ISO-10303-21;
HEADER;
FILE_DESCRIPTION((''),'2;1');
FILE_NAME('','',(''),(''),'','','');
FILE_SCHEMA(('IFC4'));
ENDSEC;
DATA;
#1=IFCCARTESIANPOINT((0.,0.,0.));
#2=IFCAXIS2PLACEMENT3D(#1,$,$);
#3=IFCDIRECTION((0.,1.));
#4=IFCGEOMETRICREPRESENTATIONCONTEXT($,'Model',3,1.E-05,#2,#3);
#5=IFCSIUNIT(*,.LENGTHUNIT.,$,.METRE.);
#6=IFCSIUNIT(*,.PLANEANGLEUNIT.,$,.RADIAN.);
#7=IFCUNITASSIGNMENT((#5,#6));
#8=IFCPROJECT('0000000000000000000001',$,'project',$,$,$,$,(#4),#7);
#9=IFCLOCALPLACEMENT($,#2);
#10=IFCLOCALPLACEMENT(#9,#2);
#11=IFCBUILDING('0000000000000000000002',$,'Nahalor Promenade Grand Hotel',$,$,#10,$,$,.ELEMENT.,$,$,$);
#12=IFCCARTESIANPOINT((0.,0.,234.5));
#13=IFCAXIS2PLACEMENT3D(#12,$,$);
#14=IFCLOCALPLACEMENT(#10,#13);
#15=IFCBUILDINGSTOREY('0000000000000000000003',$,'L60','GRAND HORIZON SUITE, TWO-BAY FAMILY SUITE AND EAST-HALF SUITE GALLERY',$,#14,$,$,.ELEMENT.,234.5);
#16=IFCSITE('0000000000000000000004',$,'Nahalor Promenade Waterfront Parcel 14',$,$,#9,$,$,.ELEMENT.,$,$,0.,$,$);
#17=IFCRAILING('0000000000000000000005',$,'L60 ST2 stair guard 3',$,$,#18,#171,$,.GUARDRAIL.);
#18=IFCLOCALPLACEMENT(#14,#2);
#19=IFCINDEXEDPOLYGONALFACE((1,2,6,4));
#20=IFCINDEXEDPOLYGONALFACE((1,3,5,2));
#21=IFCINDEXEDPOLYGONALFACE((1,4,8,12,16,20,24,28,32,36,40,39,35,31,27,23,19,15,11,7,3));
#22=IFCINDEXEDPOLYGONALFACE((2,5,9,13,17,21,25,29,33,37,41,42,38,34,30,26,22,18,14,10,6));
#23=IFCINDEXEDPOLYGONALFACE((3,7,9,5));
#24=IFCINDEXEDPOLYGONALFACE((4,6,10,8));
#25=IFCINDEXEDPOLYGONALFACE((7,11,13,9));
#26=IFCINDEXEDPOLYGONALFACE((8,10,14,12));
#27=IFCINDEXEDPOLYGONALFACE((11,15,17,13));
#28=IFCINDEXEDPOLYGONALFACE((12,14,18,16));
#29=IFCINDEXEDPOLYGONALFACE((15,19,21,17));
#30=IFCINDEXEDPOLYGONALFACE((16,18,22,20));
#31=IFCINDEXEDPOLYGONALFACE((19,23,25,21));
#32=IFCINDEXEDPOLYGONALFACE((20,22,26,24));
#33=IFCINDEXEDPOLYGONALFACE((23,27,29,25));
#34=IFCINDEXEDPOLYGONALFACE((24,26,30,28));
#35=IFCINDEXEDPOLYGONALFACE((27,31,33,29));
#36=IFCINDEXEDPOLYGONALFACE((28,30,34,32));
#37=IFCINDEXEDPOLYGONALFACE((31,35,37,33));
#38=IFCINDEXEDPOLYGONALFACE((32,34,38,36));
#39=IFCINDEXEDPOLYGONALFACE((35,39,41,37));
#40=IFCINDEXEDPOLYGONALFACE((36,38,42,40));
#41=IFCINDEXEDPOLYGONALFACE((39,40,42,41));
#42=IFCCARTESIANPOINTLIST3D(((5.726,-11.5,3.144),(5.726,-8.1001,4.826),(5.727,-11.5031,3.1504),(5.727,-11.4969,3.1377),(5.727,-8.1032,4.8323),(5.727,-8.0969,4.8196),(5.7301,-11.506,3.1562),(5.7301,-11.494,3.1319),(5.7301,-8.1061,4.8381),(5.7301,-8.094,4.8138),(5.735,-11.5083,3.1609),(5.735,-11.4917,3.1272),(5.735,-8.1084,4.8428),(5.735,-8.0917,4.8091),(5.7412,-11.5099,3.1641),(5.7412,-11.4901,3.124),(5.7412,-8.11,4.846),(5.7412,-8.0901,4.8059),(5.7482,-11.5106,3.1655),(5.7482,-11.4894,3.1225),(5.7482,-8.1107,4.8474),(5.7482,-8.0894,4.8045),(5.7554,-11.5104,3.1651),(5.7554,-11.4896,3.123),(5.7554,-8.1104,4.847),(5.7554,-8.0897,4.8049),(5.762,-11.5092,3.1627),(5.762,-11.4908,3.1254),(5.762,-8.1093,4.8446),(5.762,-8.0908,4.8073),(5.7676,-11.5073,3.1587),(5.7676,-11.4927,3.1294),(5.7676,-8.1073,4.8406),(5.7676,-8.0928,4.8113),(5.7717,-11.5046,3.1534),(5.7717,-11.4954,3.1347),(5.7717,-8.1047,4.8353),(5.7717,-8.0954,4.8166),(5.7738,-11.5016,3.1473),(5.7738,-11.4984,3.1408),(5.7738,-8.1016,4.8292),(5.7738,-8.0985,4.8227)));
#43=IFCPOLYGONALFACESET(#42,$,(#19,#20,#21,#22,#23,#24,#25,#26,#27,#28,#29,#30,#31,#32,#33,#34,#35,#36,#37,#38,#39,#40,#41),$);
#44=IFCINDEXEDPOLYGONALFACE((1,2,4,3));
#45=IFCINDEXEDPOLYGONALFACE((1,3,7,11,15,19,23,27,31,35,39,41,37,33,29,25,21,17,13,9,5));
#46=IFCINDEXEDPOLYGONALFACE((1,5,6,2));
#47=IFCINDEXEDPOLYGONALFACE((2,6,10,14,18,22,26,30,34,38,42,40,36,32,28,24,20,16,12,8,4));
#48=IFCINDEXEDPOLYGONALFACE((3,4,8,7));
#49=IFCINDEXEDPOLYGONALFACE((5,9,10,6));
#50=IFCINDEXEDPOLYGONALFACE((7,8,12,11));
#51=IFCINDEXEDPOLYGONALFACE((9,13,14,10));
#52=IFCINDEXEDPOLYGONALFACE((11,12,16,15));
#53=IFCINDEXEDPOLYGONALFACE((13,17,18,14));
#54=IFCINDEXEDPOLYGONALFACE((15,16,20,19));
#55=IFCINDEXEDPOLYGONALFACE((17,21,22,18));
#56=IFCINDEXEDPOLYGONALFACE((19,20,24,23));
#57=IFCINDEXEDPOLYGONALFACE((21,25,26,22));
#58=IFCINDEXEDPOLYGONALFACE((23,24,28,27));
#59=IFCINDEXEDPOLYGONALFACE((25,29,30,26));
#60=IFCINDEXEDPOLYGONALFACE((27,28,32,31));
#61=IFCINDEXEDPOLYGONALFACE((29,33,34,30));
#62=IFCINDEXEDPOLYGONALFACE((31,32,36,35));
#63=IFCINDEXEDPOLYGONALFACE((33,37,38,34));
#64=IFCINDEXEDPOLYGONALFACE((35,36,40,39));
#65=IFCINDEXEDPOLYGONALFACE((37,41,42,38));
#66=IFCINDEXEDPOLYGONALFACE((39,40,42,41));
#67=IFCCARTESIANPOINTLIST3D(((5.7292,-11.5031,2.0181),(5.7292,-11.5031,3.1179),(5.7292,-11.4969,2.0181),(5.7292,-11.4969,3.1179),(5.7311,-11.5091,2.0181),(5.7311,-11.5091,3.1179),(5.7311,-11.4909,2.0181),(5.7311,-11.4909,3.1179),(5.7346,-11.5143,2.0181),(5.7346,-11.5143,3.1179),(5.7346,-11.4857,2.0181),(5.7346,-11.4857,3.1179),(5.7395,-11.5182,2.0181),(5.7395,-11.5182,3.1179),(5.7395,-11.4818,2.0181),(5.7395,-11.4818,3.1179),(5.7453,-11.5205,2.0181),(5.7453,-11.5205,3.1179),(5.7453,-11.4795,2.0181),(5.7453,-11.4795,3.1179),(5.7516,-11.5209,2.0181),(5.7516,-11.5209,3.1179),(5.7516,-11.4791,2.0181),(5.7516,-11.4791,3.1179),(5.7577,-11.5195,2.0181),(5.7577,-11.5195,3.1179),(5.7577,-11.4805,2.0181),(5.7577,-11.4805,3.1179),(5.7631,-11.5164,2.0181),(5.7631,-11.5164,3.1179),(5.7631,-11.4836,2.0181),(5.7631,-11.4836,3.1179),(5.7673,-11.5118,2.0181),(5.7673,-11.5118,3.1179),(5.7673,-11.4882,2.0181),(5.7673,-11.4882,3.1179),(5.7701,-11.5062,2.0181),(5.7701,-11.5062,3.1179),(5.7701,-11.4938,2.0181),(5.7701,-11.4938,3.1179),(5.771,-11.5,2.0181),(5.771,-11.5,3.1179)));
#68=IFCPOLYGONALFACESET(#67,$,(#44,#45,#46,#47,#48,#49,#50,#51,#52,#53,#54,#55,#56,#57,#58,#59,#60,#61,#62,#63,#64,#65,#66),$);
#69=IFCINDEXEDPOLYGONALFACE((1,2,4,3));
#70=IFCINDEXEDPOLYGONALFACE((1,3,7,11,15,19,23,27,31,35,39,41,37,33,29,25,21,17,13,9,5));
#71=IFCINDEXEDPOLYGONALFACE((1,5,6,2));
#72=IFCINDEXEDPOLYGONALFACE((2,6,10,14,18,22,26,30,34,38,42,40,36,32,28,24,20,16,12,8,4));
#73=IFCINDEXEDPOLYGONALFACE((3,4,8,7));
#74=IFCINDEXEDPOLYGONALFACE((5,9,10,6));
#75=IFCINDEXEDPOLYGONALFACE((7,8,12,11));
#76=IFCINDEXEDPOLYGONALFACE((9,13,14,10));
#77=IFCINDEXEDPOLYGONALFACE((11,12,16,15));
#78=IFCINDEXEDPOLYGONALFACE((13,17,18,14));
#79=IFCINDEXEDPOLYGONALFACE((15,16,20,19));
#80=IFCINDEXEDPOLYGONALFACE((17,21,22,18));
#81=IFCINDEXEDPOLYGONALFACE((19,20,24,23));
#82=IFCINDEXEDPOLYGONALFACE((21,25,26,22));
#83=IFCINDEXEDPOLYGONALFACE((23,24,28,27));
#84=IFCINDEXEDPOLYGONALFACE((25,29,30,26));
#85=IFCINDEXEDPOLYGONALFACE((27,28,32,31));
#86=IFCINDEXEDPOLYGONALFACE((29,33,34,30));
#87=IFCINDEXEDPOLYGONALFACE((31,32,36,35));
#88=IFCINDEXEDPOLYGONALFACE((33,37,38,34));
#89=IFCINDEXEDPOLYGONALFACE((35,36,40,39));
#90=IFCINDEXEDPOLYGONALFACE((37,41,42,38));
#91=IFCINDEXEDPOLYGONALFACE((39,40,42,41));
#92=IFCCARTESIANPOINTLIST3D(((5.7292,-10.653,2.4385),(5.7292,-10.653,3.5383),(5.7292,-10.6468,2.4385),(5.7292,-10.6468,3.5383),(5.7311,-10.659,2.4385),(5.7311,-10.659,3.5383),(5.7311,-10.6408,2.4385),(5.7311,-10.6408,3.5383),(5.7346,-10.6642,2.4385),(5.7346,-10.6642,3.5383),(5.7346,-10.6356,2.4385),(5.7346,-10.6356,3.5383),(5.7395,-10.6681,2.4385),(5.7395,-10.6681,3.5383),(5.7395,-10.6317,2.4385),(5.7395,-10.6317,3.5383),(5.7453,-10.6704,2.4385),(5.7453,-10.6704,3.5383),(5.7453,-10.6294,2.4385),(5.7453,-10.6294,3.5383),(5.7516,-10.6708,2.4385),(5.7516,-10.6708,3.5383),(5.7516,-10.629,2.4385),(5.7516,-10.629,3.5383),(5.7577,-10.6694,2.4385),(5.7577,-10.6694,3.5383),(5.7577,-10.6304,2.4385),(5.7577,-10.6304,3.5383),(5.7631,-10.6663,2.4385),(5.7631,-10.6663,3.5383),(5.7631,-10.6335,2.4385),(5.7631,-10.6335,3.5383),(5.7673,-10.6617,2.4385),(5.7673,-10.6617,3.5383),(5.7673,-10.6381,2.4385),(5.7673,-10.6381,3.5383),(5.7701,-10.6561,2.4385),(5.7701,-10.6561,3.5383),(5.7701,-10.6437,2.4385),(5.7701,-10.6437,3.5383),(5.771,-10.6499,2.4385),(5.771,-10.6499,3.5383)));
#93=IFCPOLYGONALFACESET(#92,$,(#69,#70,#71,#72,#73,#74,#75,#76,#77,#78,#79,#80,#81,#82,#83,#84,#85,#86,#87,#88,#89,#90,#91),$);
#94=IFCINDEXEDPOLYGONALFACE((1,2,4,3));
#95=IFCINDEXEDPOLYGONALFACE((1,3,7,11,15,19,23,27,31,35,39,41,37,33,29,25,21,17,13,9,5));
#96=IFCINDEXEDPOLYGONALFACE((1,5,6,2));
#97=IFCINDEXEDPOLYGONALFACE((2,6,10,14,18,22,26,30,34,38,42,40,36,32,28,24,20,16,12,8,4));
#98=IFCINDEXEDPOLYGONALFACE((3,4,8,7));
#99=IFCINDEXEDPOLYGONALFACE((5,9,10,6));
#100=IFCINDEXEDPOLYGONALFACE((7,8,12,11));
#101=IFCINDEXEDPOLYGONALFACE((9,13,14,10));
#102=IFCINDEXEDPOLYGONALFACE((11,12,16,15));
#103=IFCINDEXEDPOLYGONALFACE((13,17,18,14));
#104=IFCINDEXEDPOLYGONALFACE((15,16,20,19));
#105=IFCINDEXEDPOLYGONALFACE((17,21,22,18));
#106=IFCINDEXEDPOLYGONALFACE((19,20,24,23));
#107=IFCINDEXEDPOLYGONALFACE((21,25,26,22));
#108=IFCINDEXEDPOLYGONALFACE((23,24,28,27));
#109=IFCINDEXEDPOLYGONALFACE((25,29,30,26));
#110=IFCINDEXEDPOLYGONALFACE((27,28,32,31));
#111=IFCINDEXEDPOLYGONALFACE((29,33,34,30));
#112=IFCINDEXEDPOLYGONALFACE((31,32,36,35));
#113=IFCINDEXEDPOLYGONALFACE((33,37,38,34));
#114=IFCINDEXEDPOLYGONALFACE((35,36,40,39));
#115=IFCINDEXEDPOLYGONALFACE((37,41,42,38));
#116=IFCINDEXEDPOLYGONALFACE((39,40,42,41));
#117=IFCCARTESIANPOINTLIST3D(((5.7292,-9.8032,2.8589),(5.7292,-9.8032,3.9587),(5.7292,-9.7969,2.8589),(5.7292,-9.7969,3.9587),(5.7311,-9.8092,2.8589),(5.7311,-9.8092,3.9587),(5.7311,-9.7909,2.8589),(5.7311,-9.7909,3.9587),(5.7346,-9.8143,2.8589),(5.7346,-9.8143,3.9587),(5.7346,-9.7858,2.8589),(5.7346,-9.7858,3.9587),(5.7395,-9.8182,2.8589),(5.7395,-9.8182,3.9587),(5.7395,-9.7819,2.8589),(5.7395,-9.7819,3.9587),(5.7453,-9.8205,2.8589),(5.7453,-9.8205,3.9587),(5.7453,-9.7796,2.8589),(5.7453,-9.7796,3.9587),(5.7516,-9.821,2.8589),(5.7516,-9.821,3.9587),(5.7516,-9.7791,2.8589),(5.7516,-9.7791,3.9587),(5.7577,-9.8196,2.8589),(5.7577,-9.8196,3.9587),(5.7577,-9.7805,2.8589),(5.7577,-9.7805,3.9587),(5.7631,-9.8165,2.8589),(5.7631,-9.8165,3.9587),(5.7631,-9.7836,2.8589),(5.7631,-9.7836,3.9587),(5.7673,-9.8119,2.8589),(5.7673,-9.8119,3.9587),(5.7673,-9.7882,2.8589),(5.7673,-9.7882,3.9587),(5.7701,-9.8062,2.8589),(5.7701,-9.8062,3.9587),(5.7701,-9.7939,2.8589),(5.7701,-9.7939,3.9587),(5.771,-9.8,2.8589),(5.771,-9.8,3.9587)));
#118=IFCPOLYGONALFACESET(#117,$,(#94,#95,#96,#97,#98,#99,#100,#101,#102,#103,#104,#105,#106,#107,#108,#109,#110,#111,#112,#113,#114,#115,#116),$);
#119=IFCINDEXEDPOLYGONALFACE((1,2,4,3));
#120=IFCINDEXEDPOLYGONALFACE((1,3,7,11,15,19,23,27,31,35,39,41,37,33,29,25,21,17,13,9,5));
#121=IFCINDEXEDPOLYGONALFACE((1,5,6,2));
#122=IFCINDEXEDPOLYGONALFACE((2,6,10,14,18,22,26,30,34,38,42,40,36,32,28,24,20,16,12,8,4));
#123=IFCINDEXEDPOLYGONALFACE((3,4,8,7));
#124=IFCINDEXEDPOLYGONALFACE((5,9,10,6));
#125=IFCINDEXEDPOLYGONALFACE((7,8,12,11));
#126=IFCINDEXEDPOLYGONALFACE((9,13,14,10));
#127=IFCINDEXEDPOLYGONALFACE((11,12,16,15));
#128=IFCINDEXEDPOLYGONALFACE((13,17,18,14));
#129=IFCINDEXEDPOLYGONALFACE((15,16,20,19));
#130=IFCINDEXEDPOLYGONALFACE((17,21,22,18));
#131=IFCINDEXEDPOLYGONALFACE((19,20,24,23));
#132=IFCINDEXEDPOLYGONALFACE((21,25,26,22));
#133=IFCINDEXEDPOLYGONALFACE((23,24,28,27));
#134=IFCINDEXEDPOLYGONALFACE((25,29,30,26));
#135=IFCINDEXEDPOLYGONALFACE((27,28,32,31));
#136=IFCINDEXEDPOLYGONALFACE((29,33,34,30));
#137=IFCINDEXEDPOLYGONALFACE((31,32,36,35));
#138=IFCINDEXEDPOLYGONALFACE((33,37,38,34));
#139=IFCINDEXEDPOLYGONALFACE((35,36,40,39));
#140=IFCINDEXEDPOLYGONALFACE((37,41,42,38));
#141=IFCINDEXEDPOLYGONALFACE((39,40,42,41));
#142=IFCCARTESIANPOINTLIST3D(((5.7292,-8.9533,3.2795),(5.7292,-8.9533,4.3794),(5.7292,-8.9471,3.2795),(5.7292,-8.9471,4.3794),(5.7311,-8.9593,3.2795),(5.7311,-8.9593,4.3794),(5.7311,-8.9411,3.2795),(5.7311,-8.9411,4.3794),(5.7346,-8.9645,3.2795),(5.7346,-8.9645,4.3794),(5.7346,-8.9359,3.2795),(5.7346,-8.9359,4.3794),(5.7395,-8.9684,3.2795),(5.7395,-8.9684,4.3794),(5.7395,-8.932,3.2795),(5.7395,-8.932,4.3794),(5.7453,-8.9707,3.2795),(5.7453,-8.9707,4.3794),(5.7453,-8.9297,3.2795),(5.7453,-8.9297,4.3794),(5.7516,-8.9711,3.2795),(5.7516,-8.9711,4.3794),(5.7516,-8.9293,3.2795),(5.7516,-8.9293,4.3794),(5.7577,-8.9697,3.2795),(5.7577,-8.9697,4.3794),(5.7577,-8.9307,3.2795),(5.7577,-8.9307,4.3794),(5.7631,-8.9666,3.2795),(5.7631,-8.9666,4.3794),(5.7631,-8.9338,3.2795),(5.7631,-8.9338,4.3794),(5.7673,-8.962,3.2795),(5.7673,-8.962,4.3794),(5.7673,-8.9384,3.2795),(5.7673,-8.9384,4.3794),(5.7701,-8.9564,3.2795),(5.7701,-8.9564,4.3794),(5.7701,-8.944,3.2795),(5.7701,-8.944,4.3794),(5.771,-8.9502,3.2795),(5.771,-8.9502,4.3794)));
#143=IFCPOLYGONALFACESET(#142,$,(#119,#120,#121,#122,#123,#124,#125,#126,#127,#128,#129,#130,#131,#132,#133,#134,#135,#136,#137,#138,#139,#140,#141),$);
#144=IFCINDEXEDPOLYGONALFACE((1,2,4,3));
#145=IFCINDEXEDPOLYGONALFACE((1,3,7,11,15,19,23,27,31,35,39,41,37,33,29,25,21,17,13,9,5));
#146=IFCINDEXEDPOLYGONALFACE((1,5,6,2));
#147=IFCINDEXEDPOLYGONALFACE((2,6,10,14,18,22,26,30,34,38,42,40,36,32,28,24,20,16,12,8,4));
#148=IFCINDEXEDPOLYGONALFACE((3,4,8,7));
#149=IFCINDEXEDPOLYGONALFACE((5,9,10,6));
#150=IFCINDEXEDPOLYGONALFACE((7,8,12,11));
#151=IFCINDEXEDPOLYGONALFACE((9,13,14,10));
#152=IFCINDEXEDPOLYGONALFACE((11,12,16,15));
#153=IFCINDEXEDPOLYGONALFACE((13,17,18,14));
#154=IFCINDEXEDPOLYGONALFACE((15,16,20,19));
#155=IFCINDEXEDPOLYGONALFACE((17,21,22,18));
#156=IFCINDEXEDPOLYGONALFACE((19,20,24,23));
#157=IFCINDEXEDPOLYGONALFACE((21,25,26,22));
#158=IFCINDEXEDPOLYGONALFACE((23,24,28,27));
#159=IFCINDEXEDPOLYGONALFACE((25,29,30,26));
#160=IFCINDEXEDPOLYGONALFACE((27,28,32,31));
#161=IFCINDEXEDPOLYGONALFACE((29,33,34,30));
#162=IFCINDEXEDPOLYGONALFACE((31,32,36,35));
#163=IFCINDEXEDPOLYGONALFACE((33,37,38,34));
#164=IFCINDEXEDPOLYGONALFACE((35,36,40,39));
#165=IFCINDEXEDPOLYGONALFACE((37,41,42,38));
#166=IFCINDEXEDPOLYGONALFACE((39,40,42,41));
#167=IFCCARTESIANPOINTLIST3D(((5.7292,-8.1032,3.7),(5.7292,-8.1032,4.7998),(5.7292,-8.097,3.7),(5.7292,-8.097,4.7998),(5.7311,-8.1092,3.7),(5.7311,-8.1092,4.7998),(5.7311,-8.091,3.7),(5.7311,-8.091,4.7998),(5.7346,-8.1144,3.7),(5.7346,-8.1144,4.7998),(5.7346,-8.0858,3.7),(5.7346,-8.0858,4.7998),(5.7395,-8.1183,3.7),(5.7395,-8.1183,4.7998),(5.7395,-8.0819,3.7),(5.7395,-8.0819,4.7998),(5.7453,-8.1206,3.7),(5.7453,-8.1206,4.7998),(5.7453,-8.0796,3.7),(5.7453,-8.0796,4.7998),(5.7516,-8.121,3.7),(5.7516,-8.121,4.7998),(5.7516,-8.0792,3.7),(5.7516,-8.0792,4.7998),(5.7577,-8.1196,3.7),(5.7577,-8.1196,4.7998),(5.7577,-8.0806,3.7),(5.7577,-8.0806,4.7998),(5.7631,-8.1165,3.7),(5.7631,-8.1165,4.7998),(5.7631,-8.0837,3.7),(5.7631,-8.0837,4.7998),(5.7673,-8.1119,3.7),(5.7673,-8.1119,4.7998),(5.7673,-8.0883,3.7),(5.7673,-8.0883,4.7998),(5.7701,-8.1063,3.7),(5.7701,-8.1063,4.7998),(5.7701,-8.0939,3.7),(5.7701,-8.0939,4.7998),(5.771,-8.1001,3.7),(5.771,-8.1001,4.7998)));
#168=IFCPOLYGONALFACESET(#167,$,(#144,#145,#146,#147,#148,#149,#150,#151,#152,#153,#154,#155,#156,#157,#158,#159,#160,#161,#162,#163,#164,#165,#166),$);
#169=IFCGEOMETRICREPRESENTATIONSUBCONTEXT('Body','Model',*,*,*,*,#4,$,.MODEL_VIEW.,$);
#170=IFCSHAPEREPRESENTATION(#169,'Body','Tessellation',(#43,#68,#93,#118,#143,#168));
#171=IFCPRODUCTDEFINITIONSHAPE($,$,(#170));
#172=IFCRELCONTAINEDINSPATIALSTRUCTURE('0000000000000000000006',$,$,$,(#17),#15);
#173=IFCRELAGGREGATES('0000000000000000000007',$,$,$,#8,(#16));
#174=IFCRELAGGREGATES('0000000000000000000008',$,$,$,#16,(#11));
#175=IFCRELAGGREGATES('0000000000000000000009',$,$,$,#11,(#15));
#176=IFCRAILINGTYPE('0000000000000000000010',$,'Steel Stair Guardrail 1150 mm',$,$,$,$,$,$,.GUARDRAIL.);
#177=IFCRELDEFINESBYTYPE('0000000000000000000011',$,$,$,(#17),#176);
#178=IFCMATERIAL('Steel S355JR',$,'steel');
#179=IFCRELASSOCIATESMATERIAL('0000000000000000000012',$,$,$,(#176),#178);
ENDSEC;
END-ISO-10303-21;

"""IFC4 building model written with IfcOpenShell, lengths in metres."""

from ifc_helpers import new_model, si_unit, direction, frame, origin, origin_2d, place, context, subcontext, project, spatial, circle, extrude, material, type_object, element, save


model = new_model("IFC4")

# Units and contexts
model_context = context("Model", 3, precision=1e-05, world=origin(), true_north=direction((0.0, 1.0)))
body_context = subcontext(model_context, "Body", "Model", "MODEL_VIEW")
ifc_project = project(units=[si_unit("LENGTHUNIT", "METRE"), si_unit("PLANEANGLEUNIT", "RADIAN")], contexts=[model_context])

# Site, building, storey
site_placement = place(None, origin())
site = spatial("IfcSite", under=ifc_project, at=site_placement, Name="Nahalor Promenade Waterfront Parcel 14", CompositionType="ELEMENT", RefElevation=0.0)
building_placement = place(site_placement, origin())
building = spatial("IfcBuilding", under=site, at=building_placement, Name="Nahalor Promenade Grand Hotel", CompositionType="ELEMENT")
storey_placement = place(building_placement, frame((0.0, 0.0, 234.5)))
storey = spatial("IfcBuildingStorey", under=building, at=storey_placement, Name="L60", Description="GRAND HORIZON SUITE, TWO-BAY FAMILY SUITE AND EAST-HALF SUITE GALLERY", CompositionType="ELEMENT", Elevation=234.5)

# Shared definitions
ifc_material_1 = material(Name="Steel S355JR", Category="steel")

# Railing
railing_type_1 = type_object("IfcRailingType", Name="Steel Stair Guardrail 1150 mm", PredefinedType="GUARDRAIL", material=ifc_material_1)
railing_1_placement = place(storey_placement, frame((5.75, -11.5, 2.0181)))
element("IfcRailing", 1, at=railing_1_placement, inside=storey, type_object=railing_type_1, Name="L60 ST2 stair guard 3", PredefinedType="GUARDRAIL", context=body_context, shape_type="SweptSolid", body=[
    extrude(circle(Radius=0.024, at=origin_2d()), frame((0.0, 0.0, 1.126), z_axis=(0.0, 0.896324, 0.443399), x_axis=(-1.0, 0.0, 0.0)), (0.0, 0.0, 1.0), 3.7932),
    extrude(circle(Radius=0.021, at=origin_2d()), origin(), (0.0, 0.0, 1.0), 1.0999),
    extrude(circle(Radius=0.021, at=origin_2d()), frame((0.0, 0.8501, 0.4204)), (0.0, 0.0, 1.0), 1.0999),
    extrude(circle(Radius=0.021, at=origin_2d()), frame((0.0, 1.7, 0.8408)), (0.0, 0.0, 1.0), 1.0999),
    extrude(circle(Radius=0.021, at=origin_2d()), frame((0.0, 2.5498, 1.2615)), (0.0, 0.0, 1.0), 1.0999),
    extrude(circle(Radius=0.021, at=origin_2d()), frame((0.0, 3.3999, 1.6819)), (0.0, 0.0, 1.0), 1.0999),
])

save(model, "model.ifc")
